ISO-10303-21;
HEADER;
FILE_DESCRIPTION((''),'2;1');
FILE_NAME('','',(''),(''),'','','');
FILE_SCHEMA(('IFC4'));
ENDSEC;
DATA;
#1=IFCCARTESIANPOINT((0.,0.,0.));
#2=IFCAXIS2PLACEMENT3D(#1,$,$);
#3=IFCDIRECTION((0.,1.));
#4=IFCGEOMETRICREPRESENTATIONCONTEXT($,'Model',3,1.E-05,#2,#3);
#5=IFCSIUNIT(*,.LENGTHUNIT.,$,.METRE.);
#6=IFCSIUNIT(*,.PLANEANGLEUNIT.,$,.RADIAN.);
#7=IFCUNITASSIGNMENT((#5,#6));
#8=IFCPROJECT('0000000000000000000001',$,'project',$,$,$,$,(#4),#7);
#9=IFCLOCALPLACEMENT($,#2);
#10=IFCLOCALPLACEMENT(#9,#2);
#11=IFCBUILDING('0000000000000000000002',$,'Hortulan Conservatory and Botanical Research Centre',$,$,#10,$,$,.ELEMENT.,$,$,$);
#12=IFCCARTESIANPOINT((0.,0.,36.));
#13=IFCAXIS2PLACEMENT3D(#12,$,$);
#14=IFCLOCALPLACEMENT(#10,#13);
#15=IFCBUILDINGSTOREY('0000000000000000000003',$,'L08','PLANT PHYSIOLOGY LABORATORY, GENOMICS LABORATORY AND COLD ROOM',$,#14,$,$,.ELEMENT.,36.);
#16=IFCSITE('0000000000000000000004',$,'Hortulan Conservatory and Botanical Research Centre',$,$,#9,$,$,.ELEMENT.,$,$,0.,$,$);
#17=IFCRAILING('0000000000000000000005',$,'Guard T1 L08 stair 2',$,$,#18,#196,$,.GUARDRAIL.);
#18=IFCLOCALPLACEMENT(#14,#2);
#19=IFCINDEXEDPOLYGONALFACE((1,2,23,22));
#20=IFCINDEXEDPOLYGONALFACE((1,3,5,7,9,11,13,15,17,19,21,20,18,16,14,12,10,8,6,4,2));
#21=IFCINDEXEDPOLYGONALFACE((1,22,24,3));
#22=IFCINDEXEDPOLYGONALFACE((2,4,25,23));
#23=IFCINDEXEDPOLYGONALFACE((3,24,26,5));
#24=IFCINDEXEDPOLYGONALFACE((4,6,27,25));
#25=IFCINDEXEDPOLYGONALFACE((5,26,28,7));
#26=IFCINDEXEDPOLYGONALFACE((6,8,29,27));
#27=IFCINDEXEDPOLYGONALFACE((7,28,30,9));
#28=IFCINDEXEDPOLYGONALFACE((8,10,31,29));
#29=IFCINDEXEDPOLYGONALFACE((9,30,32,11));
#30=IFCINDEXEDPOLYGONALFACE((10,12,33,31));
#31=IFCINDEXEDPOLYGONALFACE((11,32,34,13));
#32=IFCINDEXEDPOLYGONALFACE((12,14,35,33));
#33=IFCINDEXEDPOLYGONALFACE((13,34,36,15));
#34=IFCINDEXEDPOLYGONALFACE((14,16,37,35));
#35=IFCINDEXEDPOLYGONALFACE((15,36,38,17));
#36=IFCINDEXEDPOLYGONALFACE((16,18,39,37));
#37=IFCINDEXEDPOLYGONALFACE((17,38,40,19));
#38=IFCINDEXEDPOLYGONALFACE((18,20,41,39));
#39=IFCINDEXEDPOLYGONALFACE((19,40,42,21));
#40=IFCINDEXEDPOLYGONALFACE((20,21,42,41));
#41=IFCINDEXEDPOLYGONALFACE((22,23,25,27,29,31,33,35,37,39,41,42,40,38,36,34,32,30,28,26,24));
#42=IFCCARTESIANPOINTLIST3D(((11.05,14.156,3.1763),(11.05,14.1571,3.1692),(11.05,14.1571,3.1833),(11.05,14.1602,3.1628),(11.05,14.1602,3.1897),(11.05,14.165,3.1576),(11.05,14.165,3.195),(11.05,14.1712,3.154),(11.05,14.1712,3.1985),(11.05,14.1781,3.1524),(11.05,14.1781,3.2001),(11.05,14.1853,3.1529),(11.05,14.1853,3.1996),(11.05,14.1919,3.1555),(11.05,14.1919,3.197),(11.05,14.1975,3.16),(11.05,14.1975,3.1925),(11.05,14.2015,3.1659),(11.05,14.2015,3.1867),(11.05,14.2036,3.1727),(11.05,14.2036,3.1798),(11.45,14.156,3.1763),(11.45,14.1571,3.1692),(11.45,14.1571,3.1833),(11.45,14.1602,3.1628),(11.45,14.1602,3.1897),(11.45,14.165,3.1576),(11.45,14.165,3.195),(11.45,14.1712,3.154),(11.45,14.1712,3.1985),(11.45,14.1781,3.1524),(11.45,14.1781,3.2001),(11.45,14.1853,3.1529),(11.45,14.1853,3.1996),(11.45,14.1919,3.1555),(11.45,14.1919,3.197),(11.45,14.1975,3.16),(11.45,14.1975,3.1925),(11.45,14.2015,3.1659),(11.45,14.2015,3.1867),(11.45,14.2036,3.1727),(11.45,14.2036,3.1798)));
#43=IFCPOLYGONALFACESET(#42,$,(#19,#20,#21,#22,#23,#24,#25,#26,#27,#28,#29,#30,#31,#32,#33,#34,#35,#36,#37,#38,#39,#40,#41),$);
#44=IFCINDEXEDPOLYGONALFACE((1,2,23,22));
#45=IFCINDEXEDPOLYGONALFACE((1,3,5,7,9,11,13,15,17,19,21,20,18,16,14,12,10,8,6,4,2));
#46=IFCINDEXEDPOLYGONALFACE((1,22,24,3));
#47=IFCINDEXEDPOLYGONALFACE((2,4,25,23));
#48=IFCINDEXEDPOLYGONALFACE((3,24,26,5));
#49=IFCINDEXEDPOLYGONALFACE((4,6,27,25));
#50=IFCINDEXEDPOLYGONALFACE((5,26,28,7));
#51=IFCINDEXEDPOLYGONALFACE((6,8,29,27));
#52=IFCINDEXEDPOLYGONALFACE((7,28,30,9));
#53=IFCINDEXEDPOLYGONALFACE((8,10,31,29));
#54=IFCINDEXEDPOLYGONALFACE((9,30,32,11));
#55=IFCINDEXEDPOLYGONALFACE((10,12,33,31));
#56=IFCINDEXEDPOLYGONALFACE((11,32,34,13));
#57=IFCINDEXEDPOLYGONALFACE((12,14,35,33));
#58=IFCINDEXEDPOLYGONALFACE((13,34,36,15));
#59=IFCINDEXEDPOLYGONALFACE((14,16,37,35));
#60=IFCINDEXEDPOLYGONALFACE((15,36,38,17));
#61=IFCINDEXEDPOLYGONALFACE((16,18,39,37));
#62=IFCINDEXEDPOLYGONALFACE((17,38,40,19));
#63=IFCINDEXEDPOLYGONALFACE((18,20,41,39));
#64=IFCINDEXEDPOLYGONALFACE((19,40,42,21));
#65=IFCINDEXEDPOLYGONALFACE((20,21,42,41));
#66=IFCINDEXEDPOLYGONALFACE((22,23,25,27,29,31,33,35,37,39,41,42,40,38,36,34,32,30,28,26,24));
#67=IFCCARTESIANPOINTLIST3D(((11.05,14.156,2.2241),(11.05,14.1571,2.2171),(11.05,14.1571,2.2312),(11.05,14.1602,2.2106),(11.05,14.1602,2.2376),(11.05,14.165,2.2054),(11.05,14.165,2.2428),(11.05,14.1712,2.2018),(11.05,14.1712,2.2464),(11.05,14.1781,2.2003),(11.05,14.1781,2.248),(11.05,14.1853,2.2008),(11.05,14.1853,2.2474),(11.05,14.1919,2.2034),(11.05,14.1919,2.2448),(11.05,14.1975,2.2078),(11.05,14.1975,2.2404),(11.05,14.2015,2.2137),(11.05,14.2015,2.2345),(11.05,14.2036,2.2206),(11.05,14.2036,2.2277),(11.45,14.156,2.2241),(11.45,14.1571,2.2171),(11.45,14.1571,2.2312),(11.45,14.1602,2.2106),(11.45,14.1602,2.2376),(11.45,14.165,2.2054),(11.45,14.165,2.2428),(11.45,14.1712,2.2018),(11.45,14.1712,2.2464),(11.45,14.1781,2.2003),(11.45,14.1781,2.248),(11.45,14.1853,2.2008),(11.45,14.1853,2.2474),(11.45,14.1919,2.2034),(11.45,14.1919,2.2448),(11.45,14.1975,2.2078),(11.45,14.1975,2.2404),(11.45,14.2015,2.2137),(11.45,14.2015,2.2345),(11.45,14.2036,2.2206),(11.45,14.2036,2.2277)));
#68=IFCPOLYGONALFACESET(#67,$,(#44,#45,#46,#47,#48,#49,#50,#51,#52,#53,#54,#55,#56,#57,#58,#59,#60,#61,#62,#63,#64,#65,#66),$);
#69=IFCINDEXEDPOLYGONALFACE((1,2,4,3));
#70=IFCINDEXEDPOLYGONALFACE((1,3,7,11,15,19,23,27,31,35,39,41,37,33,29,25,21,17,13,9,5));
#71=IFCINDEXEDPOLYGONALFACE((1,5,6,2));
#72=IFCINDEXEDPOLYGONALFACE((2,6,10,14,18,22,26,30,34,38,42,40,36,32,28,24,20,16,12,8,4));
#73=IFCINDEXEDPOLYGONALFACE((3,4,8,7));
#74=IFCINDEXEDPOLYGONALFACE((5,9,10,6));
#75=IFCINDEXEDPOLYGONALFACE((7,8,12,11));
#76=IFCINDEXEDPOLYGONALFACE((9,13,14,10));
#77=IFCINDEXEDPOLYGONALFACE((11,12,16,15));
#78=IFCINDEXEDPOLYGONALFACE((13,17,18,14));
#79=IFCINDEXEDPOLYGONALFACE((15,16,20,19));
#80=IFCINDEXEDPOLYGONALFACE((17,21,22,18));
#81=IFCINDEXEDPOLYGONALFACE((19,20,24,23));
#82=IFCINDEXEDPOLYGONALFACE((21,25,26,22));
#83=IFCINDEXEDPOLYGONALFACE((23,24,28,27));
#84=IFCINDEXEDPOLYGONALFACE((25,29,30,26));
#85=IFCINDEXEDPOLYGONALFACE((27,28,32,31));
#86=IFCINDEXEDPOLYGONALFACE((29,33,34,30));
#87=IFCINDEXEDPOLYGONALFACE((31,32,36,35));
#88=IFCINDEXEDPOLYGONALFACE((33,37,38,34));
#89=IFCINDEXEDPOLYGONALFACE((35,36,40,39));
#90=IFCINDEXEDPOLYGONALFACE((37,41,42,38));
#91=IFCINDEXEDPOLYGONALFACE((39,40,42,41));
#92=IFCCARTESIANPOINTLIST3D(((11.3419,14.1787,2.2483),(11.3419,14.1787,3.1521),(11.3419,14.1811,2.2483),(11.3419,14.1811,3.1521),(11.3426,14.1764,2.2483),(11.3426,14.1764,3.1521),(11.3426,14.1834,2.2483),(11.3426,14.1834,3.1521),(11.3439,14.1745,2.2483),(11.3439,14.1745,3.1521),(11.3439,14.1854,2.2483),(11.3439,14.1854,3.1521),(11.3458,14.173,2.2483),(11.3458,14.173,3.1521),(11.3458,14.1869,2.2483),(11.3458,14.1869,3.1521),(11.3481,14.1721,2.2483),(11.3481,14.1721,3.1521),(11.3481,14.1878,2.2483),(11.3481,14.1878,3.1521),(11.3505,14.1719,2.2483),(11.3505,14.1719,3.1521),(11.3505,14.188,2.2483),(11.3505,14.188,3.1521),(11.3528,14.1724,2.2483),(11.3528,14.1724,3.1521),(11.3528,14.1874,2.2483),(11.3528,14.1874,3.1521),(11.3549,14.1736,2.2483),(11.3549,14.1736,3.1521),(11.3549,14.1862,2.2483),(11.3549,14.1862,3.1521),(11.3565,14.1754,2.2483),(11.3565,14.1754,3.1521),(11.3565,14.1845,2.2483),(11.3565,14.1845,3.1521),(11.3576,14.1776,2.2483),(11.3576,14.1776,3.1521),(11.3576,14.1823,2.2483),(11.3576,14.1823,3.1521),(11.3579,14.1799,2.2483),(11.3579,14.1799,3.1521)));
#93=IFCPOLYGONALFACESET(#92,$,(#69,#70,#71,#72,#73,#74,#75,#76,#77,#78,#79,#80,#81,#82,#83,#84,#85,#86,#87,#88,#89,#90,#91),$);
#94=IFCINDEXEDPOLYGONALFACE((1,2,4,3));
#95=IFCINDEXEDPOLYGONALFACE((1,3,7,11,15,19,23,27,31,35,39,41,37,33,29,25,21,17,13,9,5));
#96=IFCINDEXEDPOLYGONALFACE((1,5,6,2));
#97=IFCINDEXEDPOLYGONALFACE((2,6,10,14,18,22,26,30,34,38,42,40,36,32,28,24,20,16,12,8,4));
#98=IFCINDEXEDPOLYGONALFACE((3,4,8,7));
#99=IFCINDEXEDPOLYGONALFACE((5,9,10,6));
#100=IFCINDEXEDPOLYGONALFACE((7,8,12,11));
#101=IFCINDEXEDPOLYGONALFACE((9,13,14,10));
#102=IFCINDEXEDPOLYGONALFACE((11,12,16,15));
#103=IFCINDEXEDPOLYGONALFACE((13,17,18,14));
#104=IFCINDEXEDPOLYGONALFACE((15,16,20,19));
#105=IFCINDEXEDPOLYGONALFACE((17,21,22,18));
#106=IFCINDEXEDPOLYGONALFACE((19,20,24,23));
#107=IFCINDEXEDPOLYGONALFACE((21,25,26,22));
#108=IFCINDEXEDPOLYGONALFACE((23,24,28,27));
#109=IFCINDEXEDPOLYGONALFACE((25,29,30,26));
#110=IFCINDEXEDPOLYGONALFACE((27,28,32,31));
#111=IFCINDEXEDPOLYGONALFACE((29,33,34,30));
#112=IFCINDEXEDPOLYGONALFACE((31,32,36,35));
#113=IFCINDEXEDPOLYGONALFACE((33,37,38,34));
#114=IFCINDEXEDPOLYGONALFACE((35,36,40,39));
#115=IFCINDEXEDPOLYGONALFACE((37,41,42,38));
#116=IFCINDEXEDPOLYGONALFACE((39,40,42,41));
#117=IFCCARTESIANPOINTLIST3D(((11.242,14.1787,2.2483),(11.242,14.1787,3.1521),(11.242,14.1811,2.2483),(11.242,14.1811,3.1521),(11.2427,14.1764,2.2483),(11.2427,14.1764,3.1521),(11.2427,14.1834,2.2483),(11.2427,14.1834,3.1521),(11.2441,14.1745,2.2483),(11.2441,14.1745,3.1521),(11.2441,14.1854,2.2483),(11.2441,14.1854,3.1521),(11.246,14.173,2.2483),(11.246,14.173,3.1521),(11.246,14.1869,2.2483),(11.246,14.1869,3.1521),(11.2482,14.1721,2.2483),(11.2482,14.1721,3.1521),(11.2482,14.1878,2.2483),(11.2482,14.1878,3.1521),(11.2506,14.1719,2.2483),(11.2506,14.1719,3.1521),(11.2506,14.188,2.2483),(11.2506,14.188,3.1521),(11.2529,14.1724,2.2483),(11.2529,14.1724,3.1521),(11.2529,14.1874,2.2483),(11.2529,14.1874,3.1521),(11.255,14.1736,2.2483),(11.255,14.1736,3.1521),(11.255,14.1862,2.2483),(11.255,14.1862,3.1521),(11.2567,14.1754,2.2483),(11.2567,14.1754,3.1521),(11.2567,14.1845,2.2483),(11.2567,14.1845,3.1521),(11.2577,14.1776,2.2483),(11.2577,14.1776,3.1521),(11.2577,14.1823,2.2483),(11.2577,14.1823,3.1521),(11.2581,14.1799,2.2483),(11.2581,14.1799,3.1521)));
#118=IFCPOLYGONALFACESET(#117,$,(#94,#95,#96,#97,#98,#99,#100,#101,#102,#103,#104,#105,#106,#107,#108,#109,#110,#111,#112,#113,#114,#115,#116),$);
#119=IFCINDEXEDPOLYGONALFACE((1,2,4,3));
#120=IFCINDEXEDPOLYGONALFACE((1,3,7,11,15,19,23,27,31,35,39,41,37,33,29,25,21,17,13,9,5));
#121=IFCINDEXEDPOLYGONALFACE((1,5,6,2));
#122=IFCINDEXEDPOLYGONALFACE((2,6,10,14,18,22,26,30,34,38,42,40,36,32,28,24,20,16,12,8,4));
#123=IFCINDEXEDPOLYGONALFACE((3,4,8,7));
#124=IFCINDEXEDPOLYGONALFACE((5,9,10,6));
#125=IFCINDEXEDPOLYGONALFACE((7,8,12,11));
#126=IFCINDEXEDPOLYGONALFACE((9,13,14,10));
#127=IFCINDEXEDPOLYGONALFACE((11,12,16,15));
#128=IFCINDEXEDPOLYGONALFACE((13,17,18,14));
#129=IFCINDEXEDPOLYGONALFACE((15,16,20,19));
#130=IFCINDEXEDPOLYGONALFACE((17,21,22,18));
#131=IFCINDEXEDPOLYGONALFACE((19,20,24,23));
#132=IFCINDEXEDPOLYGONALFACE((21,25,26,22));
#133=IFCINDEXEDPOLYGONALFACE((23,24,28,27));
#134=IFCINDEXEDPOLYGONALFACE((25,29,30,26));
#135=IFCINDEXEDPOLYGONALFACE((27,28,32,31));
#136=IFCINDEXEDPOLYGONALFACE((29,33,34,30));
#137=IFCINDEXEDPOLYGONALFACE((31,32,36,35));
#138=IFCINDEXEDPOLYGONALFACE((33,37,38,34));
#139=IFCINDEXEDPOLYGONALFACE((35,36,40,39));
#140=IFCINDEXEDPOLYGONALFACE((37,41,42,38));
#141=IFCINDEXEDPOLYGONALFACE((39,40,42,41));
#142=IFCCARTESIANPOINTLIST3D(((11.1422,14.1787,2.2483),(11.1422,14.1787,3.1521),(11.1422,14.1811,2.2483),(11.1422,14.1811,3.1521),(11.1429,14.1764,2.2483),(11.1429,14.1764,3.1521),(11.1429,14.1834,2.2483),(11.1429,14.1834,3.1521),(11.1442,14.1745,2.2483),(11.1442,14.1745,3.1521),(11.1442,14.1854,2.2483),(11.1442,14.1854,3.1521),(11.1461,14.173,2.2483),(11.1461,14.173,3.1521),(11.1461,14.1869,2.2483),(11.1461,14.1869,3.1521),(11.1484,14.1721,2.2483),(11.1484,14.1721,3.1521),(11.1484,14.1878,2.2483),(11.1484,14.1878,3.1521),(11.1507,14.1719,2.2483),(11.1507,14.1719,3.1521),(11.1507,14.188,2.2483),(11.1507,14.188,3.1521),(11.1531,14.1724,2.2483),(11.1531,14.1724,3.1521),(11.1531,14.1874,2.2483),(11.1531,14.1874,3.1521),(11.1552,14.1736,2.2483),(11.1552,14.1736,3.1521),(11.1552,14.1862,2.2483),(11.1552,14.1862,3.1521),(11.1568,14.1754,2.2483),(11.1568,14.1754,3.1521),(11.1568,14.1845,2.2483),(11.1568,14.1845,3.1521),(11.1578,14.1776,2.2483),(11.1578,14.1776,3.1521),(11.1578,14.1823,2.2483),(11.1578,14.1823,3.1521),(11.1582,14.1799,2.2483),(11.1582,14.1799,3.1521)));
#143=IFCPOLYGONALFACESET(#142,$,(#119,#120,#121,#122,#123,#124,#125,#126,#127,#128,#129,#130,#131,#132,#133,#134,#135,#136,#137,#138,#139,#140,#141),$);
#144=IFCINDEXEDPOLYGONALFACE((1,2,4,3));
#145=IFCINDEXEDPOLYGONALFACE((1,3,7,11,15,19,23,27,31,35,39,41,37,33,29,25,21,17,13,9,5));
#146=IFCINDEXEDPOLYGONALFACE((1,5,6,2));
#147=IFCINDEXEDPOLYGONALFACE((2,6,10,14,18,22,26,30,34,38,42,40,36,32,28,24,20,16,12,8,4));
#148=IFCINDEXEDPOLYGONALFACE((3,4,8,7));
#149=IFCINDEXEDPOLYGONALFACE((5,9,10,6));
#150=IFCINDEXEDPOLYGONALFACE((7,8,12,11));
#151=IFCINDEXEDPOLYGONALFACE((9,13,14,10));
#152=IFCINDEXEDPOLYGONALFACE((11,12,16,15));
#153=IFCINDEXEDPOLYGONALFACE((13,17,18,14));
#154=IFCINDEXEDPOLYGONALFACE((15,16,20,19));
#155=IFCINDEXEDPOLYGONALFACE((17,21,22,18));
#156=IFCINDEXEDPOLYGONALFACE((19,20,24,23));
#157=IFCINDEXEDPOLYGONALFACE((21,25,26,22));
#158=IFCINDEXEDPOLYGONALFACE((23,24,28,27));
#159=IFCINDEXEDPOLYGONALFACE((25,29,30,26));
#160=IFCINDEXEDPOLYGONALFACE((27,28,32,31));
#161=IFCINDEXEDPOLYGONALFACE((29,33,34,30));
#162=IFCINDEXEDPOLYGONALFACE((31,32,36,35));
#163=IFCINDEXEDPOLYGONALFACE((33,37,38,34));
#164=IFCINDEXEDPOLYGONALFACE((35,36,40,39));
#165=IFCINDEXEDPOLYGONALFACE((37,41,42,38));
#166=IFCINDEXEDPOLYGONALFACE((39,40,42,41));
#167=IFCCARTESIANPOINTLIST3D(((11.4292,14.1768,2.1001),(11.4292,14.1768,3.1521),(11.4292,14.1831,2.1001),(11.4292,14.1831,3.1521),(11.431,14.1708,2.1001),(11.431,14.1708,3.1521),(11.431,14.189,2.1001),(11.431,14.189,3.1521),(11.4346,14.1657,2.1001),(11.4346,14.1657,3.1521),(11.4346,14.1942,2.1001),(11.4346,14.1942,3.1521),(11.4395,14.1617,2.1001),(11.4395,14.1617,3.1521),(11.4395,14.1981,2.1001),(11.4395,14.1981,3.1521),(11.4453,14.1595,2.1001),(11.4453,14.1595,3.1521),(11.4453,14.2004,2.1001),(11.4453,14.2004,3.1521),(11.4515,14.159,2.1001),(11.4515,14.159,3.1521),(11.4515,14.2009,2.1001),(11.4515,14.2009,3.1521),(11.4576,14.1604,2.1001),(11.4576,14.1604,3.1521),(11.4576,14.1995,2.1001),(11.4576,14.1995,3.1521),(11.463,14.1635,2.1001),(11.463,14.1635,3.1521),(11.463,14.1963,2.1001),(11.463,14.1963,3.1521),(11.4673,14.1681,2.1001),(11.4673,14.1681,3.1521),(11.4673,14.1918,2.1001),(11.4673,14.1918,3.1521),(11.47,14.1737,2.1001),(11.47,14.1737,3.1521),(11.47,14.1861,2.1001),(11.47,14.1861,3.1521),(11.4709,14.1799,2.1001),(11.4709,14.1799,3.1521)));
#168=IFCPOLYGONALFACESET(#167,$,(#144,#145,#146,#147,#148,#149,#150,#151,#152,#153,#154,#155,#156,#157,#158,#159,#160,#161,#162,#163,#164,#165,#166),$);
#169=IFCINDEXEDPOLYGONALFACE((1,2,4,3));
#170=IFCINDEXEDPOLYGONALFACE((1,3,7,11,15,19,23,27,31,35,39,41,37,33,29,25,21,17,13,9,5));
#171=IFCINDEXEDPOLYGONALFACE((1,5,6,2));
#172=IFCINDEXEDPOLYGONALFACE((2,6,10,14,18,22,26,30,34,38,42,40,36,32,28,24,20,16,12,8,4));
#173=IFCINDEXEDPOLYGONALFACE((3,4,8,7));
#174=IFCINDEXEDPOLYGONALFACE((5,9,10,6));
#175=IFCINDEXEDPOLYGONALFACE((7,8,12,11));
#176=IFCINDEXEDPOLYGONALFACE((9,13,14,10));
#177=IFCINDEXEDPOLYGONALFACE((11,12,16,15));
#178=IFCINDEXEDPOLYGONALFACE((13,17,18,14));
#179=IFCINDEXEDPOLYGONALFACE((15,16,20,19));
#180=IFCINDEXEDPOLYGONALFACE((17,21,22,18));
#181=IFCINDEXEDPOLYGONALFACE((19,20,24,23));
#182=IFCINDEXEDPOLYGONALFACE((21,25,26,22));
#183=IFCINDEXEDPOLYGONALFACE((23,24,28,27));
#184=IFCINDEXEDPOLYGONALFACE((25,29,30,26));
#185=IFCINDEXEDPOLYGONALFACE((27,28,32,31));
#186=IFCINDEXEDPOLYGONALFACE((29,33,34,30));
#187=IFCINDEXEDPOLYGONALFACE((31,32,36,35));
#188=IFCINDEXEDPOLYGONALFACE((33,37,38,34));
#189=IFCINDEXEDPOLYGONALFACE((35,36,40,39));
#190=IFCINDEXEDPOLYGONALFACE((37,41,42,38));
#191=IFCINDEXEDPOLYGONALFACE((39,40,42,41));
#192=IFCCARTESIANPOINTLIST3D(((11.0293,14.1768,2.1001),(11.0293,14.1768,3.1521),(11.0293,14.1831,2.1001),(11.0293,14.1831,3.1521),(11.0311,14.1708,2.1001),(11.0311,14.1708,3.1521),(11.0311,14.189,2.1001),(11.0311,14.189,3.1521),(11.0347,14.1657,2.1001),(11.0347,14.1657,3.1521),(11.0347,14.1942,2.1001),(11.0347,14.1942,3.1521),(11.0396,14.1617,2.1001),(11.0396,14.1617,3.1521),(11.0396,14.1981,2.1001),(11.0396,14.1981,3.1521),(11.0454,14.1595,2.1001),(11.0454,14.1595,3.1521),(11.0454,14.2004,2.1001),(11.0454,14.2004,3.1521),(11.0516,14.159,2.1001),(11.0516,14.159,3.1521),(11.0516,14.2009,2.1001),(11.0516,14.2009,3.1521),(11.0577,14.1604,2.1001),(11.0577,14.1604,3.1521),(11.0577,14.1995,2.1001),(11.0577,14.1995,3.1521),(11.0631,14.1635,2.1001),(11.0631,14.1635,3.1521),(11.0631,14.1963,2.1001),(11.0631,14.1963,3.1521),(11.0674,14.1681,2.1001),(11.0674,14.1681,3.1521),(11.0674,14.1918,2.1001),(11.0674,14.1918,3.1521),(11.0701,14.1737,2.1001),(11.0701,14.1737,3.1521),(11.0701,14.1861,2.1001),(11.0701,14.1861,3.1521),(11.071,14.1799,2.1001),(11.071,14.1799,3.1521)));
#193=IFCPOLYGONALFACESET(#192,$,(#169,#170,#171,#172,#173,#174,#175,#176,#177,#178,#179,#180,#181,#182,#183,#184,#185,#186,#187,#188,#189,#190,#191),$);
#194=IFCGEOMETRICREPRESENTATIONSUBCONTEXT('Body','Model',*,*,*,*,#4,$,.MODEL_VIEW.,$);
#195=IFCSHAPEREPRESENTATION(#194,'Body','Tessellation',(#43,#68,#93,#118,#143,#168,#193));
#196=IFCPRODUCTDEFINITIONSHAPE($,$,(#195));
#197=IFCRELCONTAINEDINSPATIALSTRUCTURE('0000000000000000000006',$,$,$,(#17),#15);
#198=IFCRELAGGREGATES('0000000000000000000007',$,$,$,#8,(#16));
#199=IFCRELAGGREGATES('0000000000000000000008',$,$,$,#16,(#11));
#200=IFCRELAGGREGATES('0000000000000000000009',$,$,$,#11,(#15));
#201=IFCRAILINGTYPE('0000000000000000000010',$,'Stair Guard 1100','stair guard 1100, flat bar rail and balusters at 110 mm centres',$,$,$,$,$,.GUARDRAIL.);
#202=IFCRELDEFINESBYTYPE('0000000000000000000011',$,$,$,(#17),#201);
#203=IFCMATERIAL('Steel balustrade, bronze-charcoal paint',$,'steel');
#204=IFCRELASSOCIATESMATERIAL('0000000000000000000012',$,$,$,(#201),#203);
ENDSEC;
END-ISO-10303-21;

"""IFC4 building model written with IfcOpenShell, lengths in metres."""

from ifc_helpers import new_model, si_unit, direction, frame, origin, origin_2d, place, context, subcontext, project, spatial, circle, extrude, material, type_object, element, save


model = new_model("IFC4")

# Units and contexts
model_context = context("Model", 3, precision=1e-05, world=origin(), true_north=direction((0.0, 1.0)))
body_context = subcontext(model_context, "Body", "Model", "MODEL_VIEW")
ifc_project = project(units=[si_unit("LENGTHUNIT", "METRE"), si_unit("PLANEANGLEUNIT", "RADIAN")], contexts=[model_context])

# Site, building, storey
site_placement = place(None, origin())
site = spatial("IfcSite", under=ifc_project, at=site_placement, Name="Hortulan Conservatory and Botanical Research Centre", CompositionType="ELEMENT", RefElevation=0.0)
building_placement = place(site_placement, origin())
building = spatial("IfcBuilding", under=site, at=building_placement, Name="Hortulan Conservatory and Botanical Research Centre", CompositionType="ELEMENT")
storey_placement = place(building_placement, frame((0.0, 0.0, 36.0)))
storey = spatial("IfcBuildingStorey", under=building, at=storey_placement, Name="L08", Description="PLANT PHYSIOLOGY LABORATORY, GENOMICS LABORATORY AND COLD ROOM", CompositionType="ELEMENT", Elevation=36.0)

# Railing
ifc_material_1 = material(Name="Steel balustrade, bronze-charcoal paint", Category="steel")
railing_type_1 = type_object("IfcRailingType", Name="Stair Guard 1100", Description="stair guard 1100, flat bar rail and balusters at 110 mm centres", PredefinedType="GUARDRAIL", material=ifc_material_1)
railing_1_placement = place(storey_placement, frame((11.45, 14.1799, 2.1001)))
element("IfcRailing", 1, at=railing_1_placement, inside=storey, type_object=railing_type_1, Name="Guard T1 L08 stair 2", PredefinedType="GUARDRAIL", context=body_context, shape_type="SweptSolid", body=[
    extrude(circle(Radius=0.0239, at=origin_2d()), frame((0.0, 0.0, 1.0762), z_axis=(-1.0, 0.0, 0.0), x_axis=(0.0, -1.0, 0.0)), (0.0, 0.0, 1.0), 0.3999),
    extrude(circle(Radius=0.0239, at=origin_2d()), frame((0.0, 0.0, 0.124), z_axis=(-1.0, 0.0, 0.0), x_axis=(0.0, -1.0, 0.0)), (0.0, 0.0, 1.0), 0.3999),
    extrude(circle(Radius=0.0081, at=origin_2d()), frame((-0.1001, 0.0, 0.1482)), (0.0, 0.0, 1.0), 0.9038),
    extrude(circle(Radius=0.0081, at=origin_2d()), frame((-0.2, 0.0, 0.1482)), (0.0, 0.0, 1.0), 0.9038),
    extrude(circle(Radius=0.0081, at=origin_2d()), frame((-0.2998, 0.0, 0.1482)), (0.0, 0.0, 1.0), 0.9038),
    extrude(circle(Radius=0.021, at=origin_2d()), origin(), (0.0, 0.0, 1.0), 1.052),
    extrude(circle(Radius=0.021, at=origin_2d()), frame((-0.3999, 0.0, 0.0)), (0.0, 0.0, 1.0), 1.052),
])

save(model, "model.ifc")
